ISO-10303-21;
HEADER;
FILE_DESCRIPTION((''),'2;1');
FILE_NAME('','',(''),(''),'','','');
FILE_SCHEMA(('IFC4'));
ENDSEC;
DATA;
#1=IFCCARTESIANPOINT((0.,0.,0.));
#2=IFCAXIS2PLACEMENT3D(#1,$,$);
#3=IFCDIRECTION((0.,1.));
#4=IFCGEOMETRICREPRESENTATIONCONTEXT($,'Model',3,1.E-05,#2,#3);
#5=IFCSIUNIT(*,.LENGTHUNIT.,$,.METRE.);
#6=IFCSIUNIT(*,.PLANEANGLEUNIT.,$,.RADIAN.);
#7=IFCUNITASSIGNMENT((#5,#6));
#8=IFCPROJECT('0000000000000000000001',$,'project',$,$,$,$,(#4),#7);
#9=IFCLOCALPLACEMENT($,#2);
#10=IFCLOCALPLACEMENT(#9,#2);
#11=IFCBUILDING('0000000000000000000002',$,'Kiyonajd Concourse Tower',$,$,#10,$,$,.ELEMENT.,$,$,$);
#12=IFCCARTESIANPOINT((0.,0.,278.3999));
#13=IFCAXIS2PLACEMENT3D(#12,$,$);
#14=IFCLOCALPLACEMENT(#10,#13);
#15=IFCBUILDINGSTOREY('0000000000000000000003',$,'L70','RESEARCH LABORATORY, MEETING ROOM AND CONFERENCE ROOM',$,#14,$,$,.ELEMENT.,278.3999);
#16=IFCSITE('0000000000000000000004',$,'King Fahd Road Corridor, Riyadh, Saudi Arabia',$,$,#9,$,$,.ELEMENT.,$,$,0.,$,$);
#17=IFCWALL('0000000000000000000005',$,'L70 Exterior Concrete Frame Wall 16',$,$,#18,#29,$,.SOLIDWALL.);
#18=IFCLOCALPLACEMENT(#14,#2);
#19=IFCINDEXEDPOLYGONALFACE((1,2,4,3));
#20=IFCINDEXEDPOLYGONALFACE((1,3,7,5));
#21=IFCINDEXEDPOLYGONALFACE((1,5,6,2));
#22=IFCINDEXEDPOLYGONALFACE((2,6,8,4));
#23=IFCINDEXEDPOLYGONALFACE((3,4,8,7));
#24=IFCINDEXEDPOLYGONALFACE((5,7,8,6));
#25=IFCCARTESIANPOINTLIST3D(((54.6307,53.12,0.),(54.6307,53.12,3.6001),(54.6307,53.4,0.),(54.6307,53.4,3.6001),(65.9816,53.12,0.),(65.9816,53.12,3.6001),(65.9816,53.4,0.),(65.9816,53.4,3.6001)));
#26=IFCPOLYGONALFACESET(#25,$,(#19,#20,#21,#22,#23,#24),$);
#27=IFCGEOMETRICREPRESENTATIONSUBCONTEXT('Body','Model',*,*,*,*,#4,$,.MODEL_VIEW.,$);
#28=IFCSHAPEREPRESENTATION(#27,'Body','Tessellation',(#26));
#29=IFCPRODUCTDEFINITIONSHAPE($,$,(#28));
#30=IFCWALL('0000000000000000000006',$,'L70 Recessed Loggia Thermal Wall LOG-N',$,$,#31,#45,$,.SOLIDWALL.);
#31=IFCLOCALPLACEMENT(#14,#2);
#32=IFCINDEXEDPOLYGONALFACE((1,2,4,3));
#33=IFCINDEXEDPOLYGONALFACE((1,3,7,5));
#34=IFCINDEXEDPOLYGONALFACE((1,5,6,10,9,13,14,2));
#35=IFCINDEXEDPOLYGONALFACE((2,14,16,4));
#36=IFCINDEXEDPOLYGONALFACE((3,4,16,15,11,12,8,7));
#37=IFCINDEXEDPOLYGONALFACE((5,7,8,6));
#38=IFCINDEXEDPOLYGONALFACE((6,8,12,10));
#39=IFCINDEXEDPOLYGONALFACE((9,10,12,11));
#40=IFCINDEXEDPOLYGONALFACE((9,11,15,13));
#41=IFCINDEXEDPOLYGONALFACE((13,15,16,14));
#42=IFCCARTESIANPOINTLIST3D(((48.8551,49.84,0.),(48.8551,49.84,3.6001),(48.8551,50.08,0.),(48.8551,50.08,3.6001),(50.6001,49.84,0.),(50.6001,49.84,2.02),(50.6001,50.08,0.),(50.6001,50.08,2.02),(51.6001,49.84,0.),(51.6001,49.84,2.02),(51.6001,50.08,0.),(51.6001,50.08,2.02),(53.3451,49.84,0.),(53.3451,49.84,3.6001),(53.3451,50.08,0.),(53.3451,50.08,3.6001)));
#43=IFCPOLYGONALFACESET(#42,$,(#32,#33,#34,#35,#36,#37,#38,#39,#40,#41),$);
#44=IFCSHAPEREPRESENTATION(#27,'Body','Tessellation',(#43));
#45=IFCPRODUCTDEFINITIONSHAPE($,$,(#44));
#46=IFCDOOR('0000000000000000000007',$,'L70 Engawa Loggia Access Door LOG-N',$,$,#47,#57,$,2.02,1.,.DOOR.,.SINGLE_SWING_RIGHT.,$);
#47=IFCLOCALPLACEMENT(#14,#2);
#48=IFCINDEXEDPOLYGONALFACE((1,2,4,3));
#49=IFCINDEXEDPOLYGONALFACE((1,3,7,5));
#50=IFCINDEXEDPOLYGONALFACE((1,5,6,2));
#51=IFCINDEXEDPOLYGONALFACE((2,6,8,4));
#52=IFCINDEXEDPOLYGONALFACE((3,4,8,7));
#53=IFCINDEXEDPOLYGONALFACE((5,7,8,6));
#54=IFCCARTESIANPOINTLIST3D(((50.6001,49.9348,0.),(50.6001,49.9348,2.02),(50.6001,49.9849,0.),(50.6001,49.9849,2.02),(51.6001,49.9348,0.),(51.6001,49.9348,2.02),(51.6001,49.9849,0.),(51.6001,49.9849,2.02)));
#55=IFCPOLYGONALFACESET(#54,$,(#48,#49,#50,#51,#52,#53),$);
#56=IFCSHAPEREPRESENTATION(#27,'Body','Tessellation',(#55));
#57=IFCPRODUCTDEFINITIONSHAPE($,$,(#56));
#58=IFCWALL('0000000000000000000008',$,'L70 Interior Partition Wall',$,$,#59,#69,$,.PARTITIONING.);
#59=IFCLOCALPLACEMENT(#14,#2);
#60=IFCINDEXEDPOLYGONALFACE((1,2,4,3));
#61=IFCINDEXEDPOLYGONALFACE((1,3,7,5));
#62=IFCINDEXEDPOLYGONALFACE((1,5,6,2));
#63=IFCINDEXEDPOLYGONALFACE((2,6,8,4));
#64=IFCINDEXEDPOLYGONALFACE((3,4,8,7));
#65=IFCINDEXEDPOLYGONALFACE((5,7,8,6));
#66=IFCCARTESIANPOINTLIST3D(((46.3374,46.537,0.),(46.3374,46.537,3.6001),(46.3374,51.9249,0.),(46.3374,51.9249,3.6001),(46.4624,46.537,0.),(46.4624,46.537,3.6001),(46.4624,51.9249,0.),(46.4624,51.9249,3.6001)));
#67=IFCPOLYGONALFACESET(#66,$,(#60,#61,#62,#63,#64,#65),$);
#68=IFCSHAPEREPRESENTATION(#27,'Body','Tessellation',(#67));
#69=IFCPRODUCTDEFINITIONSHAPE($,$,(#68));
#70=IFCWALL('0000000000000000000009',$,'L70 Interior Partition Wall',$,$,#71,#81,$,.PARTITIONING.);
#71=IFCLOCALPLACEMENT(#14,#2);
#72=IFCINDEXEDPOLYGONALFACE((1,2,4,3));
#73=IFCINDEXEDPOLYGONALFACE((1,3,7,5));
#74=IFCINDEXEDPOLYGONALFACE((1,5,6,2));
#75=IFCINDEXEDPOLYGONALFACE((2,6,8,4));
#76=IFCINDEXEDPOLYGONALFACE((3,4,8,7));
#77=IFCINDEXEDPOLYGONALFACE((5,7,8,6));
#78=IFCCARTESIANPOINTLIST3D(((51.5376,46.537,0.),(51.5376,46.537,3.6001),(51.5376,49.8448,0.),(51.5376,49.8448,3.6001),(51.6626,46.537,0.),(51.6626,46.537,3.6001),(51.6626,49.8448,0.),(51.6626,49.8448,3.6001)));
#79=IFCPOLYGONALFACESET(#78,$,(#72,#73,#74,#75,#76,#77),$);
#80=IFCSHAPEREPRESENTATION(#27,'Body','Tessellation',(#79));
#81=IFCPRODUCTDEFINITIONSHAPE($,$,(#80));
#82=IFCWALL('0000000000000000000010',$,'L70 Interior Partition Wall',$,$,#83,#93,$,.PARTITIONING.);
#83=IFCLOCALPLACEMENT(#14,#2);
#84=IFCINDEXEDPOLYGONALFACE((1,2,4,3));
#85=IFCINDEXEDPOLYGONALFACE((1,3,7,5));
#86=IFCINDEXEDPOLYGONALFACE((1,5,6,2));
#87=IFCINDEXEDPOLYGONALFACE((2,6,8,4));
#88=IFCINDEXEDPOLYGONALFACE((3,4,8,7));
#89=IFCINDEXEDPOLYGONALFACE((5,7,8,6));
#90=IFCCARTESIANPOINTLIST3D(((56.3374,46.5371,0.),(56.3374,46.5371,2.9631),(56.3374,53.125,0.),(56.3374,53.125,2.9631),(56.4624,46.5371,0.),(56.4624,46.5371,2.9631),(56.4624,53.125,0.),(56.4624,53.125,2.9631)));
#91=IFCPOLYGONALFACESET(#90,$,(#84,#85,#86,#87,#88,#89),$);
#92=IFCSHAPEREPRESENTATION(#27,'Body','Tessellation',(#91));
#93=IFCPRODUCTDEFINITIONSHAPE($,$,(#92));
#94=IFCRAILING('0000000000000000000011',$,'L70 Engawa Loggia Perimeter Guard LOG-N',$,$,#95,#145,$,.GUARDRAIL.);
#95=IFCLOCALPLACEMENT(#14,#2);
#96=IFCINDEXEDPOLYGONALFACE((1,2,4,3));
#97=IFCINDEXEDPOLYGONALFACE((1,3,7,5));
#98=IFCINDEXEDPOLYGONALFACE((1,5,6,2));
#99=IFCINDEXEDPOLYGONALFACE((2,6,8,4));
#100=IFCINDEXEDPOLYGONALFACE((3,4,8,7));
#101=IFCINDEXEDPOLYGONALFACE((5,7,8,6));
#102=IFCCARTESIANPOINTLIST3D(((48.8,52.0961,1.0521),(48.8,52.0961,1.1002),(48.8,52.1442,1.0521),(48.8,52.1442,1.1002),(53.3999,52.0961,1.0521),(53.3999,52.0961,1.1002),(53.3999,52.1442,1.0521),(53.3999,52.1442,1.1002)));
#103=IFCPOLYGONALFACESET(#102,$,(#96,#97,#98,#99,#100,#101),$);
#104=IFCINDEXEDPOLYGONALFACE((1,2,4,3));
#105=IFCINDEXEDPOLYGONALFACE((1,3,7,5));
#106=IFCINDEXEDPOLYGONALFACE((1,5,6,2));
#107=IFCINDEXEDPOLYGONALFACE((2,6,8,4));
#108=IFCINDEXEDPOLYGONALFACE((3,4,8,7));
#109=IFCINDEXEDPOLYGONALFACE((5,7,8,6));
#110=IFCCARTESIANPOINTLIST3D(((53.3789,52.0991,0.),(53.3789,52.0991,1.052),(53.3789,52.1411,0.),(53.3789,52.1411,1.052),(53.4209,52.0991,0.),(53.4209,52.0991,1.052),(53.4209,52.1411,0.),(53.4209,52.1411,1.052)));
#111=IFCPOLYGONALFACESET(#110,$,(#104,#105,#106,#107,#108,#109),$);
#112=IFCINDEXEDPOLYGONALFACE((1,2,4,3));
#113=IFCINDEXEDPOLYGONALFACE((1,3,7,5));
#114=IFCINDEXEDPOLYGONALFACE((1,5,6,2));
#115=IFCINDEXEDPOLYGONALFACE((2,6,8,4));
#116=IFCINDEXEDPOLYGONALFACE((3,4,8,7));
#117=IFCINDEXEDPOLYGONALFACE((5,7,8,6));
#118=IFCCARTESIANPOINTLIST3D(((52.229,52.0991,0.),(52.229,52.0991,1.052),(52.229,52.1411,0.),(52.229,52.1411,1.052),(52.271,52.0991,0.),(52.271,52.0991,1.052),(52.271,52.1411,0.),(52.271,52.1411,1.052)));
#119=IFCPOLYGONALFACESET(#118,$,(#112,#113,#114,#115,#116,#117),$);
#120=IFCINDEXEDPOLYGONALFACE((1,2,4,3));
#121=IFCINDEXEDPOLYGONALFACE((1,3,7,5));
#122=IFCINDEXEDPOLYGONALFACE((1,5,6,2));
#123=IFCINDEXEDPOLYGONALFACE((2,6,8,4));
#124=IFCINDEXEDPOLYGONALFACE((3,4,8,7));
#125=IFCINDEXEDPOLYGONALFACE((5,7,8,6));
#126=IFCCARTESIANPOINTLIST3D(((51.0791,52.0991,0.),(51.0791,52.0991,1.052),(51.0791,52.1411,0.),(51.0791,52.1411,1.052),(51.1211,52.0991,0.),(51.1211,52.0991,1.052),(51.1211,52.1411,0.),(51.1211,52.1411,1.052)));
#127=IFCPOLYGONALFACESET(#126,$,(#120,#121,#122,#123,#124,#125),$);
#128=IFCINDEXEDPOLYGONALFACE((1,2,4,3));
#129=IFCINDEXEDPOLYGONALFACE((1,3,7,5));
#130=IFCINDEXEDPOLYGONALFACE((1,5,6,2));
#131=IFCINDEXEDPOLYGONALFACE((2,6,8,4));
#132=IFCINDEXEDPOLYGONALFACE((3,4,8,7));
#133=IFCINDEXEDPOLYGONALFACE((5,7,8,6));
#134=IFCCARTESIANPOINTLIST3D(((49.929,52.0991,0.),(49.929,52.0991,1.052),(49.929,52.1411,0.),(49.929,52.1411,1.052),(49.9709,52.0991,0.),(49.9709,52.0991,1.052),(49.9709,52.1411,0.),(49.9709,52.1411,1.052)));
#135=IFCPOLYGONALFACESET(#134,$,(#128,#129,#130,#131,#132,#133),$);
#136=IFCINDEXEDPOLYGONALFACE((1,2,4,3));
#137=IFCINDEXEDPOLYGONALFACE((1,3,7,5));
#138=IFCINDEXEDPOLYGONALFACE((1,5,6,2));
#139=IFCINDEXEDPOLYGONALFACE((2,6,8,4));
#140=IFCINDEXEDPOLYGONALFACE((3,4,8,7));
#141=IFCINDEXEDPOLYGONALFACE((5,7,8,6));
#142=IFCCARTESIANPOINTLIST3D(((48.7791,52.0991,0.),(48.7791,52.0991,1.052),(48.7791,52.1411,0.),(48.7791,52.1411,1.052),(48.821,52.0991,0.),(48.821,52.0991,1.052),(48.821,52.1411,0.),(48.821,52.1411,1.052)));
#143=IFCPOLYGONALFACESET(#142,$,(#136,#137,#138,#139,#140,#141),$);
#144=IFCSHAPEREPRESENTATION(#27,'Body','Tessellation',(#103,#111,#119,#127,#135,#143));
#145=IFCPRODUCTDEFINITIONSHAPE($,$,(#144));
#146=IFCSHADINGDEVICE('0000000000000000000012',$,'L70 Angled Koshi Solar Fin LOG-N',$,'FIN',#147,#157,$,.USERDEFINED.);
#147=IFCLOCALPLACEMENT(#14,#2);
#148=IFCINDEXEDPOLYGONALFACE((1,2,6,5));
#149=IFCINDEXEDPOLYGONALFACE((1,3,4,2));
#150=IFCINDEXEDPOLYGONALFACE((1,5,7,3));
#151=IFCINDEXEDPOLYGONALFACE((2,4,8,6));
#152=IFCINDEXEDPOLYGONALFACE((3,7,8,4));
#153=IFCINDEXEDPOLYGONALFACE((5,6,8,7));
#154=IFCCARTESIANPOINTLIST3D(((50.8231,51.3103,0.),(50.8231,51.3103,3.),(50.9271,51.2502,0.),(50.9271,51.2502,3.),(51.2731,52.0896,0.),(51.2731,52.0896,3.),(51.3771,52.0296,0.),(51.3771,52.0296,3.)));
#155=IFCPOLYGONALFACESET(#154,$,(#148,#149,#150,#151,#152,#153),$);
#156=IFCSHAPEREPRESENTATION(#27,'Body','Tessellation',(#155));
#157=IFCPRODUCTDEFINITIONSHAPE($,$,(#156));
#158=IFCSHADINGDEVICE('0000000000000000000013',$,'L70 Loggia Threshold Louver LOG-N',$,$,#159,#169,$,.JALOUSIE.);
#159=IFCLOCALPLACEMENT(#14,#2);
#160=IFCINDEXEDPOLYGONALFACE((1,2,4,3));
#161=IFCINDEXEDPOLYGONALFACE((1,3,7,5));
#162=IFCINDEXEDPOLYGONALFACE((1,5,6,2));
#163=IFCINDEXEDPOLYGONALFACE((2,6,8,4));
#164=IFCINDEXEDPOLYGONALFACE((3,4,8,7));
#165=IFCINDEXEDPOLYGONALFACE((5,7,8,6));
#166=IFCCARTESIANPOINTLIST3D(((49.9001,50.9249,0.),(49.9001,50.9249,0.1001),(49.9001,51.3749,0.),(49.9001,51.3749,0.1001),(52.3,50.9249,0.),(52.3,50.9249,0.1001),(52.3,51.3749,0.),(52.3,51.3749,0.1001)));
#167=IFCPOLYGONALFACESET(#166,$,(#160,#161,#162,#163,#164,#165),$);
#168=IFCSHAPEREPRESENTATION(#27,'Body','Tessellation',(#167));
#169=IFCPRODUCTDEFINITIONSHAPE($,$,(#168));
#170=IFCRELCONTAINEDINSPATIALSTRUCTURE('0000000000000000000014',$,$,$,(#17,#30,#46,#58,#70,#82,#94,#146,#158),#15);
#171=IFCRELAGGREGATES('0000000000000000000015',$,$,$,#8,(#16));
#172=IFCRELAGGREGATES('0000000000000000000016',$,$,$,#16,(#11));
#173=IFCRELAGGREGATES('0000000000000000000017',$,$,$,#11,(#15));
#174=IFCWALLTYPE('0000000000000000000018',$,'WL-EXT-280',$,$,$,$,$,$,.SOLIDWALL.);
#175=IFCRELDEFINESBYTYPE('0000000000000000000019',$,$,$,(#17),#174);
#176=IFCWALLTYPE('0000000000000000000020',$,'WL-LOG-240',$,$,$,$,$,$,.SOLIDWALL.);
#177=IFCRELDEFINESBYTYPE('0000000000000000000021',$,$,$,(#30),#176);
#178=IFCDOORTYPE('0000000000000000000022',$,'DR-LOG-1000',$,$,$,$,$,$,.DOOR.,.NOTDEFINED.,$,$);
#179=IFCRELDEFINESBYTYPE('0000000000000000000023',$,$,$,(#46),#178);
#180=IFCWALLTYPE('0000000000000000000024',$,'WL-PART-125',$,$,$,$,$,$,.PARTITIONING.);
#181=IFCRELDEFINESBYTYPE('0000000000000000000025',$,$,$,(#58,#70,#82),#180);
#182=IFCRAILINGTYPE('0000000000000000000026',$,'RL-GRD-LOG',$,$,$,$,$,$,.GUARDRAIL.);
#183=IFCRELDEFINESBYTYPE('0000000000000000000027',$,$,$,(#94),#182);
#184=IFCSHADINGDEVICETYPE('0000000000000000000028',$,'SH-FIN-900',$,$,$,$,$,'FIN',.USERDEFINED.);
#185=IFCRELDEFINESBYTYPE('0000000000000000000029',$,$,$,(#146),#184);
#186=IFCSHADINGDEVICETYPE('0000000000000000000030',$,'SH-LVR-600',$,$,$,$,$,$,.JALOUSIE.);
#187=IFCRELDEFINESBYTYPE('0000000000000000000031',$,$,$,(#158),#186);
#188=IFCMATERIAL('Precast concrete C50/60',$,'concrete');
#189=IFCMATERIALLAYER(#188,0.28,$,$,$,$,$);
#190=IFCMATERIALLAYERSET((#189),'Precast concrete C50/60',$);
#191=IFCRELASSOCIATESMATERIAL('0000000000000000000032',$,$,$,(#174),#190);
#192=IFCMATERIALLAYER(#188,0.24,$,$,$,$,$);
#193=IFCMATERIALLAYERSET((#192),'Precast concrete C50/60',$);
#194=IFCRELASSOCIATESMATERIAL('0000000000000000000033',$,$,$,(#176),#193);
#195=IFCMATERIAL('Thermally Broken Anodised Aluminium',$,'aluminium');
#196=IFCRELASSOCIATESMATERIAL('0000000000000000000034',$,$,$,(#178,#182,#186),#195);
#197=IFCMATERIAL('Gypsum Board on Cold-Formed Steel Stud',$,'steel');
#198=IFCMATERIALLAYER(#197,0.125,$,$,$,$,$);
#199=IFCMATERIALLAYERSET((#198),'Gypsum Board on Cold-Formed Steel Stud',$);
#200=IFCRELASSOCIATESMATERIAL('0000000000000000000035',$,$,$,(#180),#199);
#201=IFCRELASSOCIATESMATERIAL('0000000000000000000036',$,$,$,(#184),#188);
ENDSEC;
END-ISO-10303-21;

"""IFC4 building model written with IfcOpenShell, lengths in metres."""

from ifc_helpers import new_model, si_unit, direction, frame, frame_2d, origin, origin_2d, place, context, subcontext, project, spatial, rectangle, extrude, material, layer, layer_set, type_object, element, fill, save


model = new_model("IFC4")

# Units and contexts
model_context = context("Model", 3, precision=1e-05, world=origin(), true_north=direction((0.0, 1.0)))
body_context = subcontext(model_context, "Body", "Model", "MODEL_VIEW")
ifc_project = project(units=[si_unit("LENGTHUNIT", "METRE"), si_unit("PLANEANGLEUNIT", "RADIAN")], contexts=[model_context])

# Site, building, storey
site_placement = place(None, origin())
site = spatial("IfcSite", under=ifc_project, at=site_placement, Name="King Fahd Road Corridor, Riyadh, Saudi Arabia", CompositionType="ELEMENT", RefElevation=0.0)
building_placement = place(site_placement, origin())
building = spatial("IfcBuilding", under=site, at=building_placement, Name="Kiyonajd Concourse Tower", CompositionType="ELEMENT")
storey_placement = place(building_placement, frame((0.0, 0.0, 278.3999)))
storey = spatial("IfcBuildingStorey", under=building, at=storey_placement, Name="L70", Description="RESEARCH LABORATORY, MEETING ROOM AND CONFERENCE ROOM", CompositionType="ELEMENT", Elevation=278.3999)

# Shared definitions
ifc_material_1 = material(Name="Thermally Broken Anodised Aluminium", Category="aluminium")

# Wall
ifc_material_2 = material(Name="Precast concrete C50/60", Category="concrete")
ifc_layer_1 = layer(ifc_material_2, 0.28)
ifc_layer_set_1 = layer_set([ifc_layer_1], Name="Precast concrete C50/60")
wall_type_1 = type_object("IfcWallType", Name="WL-EXT-280", PredefinedType="SOLIDWALL", material=ifc_layer_set_1)
wall_1_placement = place(storey_placement, frame((54.6309, 53.26, 0.0), z_axis=(0.0, 0.0, 1.0), x_axis=(1.0, 0.0, 0.0)))
element("IfcWall", 1, at=wall_1_placement, inside=storey, type_object=wall_type_1, Name="L70 Exterior Concrete Frame Wall 16", PredefinedType="SOLIDWALL", context=body_context, shape_type="SweptSolid", body=[
    extrude(rectangle(XDim=11.3508, YDim=0.28, at=frame_2d((5.6753, 0.0))), origin(), (0.0, 0.0, 1.0), 3.6001),
])

# Wall, opening, door
ifc_layer_2 = layer(ifc_material_2, 0.24)
ifc_layer_set_2 = layer_set([ifc_layer_2], Name="Precast concrete C50/60")
wall_type_2 = type_object("IfcWallType", Name="WL-LOG-240", PredefinedType="SOLIDWALL", material=ifc_layer_set_2)
wall_2_placement = place(storey_placement, frame((48.855, 49.96, 0.0), z_axis=(0.0, 0.0, 1.0), x_axis=(1.0, 0.0, 0.0)))
wall_2 = element("IfcWall", 2, at=wall_2_placement, inside=storey, type_object=wall_type_2, Name="L70 Recessed Loggia Thermal Wall LOG-N", PredefinedType="SOLIDWALL", context=body_context, shape_type="SweptSolid", body=[
    extrude(rectangle(XDim=4.49, YDim=0.24, at=frame_2d((2.2451, 0.0))), origin(), (0.0, 0.0, 1.0), 3.6001),
])
opening_placement = place(wall_2_placement, frame((1.7451, 0.0, 0.0)))
opening = element("IfcOpeningElement", 3, at=opening_placement, cuts=wall_2, PredefinedType="OPENING", context=body_context, shape_type="SweptSolid", body=[
    extrude(rectangle(XDim=1.0, YDim=2.02, at=frame_2d((0.5, 1.01))), frame((0.0, 0.1299, 0.0), z_axis=(0.0, -1.0, 0.0), x_axis=(1.0, 0.0, 0.0)), (0.0, 0.0, 1.0), 0.26),
])
door_type = type_object("IfcDoorType", Name="DR-LOG-1000", OperationType="NOTDEFINED", PredefinedType="DOOR", material=ifc_material_1)
door_placement = place(opening_placement, origin())
door = element("IfcDoor", 4, at=door_placement, inside=storey, type_object=door_type, Name="L70 Engawa Loggia Access Door LOG-N", OperationType="SINGLE_SWING_RIGHT", OverallHeight=2.02, OverallWidth=1.0, PredefinedType="DOOR", context=body_context, shape_type="SweptSolid", body=[
    extrude(rectangle(XDim=1.0, YDim=2.02, at=frame_2d((0.5, 1.01))), frame((0.0, 0.0249, 0.0), z_axis=(0.0, -1.0, 0.0), x_axis=(1.0, 0.0, 0.0)), (0.0, 0.0, 1.0), 0.05),
])
fill(opening, door)

# Walls
ifc_material_3 = material(Name="Gypsum Board on Cold-Formed Steel Stud", Category="steel")
ifc_layer_3 = layer(ifc_material_3, 0.125)
ifc_layer_set_3 = layer_set([ifc_layer_3], Name="Gypsum Board on Cold-Formed Steel Stud")
wall_type_3 = type_object("IfcWallType", Name="WL-PART-125", PredefinedType="PARTITIONING", material=ifc_layer_set_3)
wall_3_placement = place(storey_placement, frame((46.3999, 46.5371, 0.0), z_axis=(0.0, 0.0, 1.0), x_axis=(0.0, 1.0, 0.0)))
element("IfcWall", 5, at=wall_3_placement, inside=storey, type_object=wall_type_3, Name="L70 Interior Partition Wall", PredefinedType="PARTITIONING", context=body_context, shape_type="SweptSolid", body=[
    extrude(rectangle(XDim=5.3879, YDim=0.125, at=frame_2d((2.6938, 0.0))), origin(), (0.0, 0.0, 1.0), 3.6001),
])
wall_4_placement = place(storey_placement, frame((51.6001, 46.5371, 0.0), z_axis=(0.0, 0.0, 1.0), x_axis=(0.0, 1.0, 0.0)))
element("IfcWall", 6, at=wall_4_placement, inside=storey, type_object=wall_type_3, Name="L70 Interior Partition Wall", PredefinedType="PARTITIONING", context=body_context, shape_type="SweptSolid", body=[
    extrude(rectangle(XDim=3.3079, YDim=0.125, at=frame_2d((1.6538, 0.0))), origin(), (0.0, 0.0, 1.0), 3.6001),
])
wall_5_placement = place(storey_placement, frame((56.3999, 46.5371, 0.0), z_axis=(0.0, 0.0, 1.0), x_axis=(0.0, 1.0, 0.0)))
element("IfcWall", 7, at=wall_5_placement, inside=storey, type_object=wall_type_3, Name="L70 Interior Partition Wall", PredefinedType="PARTITIONING", context=body_context, shape_type="SweptSolid", body=[
    extrude(rectangle(XDim=6.5879, YDim=0.125, at=frame_2d((3.2939, 0.0))), origin(), (0.0, 0.0, 1.0), 2.9631),
])

# Railing
railing_type = type_object("IfcRailingType", Name="RL-GRD-LOG", PredefinedType="GUARDRAIL", material=ifc_material_1)
railing_placement = place(storey_placement, frame((53.3999, 52.1201, 0.0)))
element("IfcRailing", 8, at=railing_placement, inside=storey, type_object=railing_type, Name="L70 Engawa Loggia Perimeter Guard LOG-N", PredefinedType="GUARDRAIL", context=body_context, shape_type="SweptSolid", body=[
    extrude(rectangle(XDim=0.0481, YDim=0.0481, at=origin_2d()), frame((0.0, 0.0, 1.0762), z_axis=(-1.0, 0.0, 0.0), x_axis=(0.0, -1.0, 0.0)), (0.0, 0.0, 1.0), 4.5999),
    extrude(rectangle(XDim=0.042, YDim=0.042, at=origin_2d()), origin(), (0.0, 0.0, 1.0), 1.052),
    extrude(rectangle(XDim=0.042, YDim=0.042, at=origin_2d()), frame((-1.1499, 0.0, 0.0)), (0.0, 0.0, 1.0), 1.052),
    extrude(rectangle(XDim=0.042, YDim=0.042, at=origin_2d()), frame((-2.2998, 0.0, 0.0)), (0.0, 0.0, 1.0), 1.052),
    extrude(rectangle(XDim=0.042, YDim=0.042, at=origin_2d()), frame((-3.45, 0.0, 0.0)), (0.0, 0.0, 1.0), 1.052),
    extrude(rectangle(XDim=0.042, YDim=0.042, at=origin_2d()), frame((-4.5999, 0.0, 0.0)), (0.0, 0.0, 1.0), 1.052),
])

# Shading devices
shading_device_type_1 = type_object("IfcShadingDeviceType", Name="SH-FIN-900", ElementType="FIN", PredefinedType="USERDEFINED", material=ifc_material_2)
shading_device_1_placement = place(storey_placement, frame((51.1001, 51.6699, 0.0), z_axis=(0.0, 0.0, 1.0), x_axis=(0.5, 0.866025, 0.0)))
element("IfcShadingDevice", 9, at=shading_device_1_placement, inside=storey, type_object=shading_device_type_1, Name="L70 Angled Koshi Solar Fin LOG-N", ObjectType="FIN", PredefinedType="USERDEFINED", context=body_context, shape_type="SweptSolid", body=[
    extrude(rectangle(XDim=0.8999, YDim=0.1201, at=origin_2d()), origin(), (0.0, 0.0, 1.0), 3.0),
])
shading_device_type_2 = type_object("IfcShadingDeviceType", Name="SH-LVR-600", PredefinedType="JALOUSIE", material=ifc_material_1)
shading_device_2_placement = place(storey_placement, frame((51.1001, 51.1499, 0.0), z_axis=(0.0, 0.0, 1.0), x_axis=(1.0, 0.0, 0.0)))
element("IfcShadingDevice", 10, at=shading_device_2_placement, inside=storey, type_object=shading_device_type_2, Name="L70 Loggia Threshold Louver LOG-N", PredefinedType="JALOUSIE", context=body_context, shape_type="SweptSolid", body=[
    extrude(rectangle(XDim=2.3999, YDim=0.45, at=origin_2d()), origin(), (0.0, 0.0, 1.0), 0.1001),
])

save(model, "model.ifc")
